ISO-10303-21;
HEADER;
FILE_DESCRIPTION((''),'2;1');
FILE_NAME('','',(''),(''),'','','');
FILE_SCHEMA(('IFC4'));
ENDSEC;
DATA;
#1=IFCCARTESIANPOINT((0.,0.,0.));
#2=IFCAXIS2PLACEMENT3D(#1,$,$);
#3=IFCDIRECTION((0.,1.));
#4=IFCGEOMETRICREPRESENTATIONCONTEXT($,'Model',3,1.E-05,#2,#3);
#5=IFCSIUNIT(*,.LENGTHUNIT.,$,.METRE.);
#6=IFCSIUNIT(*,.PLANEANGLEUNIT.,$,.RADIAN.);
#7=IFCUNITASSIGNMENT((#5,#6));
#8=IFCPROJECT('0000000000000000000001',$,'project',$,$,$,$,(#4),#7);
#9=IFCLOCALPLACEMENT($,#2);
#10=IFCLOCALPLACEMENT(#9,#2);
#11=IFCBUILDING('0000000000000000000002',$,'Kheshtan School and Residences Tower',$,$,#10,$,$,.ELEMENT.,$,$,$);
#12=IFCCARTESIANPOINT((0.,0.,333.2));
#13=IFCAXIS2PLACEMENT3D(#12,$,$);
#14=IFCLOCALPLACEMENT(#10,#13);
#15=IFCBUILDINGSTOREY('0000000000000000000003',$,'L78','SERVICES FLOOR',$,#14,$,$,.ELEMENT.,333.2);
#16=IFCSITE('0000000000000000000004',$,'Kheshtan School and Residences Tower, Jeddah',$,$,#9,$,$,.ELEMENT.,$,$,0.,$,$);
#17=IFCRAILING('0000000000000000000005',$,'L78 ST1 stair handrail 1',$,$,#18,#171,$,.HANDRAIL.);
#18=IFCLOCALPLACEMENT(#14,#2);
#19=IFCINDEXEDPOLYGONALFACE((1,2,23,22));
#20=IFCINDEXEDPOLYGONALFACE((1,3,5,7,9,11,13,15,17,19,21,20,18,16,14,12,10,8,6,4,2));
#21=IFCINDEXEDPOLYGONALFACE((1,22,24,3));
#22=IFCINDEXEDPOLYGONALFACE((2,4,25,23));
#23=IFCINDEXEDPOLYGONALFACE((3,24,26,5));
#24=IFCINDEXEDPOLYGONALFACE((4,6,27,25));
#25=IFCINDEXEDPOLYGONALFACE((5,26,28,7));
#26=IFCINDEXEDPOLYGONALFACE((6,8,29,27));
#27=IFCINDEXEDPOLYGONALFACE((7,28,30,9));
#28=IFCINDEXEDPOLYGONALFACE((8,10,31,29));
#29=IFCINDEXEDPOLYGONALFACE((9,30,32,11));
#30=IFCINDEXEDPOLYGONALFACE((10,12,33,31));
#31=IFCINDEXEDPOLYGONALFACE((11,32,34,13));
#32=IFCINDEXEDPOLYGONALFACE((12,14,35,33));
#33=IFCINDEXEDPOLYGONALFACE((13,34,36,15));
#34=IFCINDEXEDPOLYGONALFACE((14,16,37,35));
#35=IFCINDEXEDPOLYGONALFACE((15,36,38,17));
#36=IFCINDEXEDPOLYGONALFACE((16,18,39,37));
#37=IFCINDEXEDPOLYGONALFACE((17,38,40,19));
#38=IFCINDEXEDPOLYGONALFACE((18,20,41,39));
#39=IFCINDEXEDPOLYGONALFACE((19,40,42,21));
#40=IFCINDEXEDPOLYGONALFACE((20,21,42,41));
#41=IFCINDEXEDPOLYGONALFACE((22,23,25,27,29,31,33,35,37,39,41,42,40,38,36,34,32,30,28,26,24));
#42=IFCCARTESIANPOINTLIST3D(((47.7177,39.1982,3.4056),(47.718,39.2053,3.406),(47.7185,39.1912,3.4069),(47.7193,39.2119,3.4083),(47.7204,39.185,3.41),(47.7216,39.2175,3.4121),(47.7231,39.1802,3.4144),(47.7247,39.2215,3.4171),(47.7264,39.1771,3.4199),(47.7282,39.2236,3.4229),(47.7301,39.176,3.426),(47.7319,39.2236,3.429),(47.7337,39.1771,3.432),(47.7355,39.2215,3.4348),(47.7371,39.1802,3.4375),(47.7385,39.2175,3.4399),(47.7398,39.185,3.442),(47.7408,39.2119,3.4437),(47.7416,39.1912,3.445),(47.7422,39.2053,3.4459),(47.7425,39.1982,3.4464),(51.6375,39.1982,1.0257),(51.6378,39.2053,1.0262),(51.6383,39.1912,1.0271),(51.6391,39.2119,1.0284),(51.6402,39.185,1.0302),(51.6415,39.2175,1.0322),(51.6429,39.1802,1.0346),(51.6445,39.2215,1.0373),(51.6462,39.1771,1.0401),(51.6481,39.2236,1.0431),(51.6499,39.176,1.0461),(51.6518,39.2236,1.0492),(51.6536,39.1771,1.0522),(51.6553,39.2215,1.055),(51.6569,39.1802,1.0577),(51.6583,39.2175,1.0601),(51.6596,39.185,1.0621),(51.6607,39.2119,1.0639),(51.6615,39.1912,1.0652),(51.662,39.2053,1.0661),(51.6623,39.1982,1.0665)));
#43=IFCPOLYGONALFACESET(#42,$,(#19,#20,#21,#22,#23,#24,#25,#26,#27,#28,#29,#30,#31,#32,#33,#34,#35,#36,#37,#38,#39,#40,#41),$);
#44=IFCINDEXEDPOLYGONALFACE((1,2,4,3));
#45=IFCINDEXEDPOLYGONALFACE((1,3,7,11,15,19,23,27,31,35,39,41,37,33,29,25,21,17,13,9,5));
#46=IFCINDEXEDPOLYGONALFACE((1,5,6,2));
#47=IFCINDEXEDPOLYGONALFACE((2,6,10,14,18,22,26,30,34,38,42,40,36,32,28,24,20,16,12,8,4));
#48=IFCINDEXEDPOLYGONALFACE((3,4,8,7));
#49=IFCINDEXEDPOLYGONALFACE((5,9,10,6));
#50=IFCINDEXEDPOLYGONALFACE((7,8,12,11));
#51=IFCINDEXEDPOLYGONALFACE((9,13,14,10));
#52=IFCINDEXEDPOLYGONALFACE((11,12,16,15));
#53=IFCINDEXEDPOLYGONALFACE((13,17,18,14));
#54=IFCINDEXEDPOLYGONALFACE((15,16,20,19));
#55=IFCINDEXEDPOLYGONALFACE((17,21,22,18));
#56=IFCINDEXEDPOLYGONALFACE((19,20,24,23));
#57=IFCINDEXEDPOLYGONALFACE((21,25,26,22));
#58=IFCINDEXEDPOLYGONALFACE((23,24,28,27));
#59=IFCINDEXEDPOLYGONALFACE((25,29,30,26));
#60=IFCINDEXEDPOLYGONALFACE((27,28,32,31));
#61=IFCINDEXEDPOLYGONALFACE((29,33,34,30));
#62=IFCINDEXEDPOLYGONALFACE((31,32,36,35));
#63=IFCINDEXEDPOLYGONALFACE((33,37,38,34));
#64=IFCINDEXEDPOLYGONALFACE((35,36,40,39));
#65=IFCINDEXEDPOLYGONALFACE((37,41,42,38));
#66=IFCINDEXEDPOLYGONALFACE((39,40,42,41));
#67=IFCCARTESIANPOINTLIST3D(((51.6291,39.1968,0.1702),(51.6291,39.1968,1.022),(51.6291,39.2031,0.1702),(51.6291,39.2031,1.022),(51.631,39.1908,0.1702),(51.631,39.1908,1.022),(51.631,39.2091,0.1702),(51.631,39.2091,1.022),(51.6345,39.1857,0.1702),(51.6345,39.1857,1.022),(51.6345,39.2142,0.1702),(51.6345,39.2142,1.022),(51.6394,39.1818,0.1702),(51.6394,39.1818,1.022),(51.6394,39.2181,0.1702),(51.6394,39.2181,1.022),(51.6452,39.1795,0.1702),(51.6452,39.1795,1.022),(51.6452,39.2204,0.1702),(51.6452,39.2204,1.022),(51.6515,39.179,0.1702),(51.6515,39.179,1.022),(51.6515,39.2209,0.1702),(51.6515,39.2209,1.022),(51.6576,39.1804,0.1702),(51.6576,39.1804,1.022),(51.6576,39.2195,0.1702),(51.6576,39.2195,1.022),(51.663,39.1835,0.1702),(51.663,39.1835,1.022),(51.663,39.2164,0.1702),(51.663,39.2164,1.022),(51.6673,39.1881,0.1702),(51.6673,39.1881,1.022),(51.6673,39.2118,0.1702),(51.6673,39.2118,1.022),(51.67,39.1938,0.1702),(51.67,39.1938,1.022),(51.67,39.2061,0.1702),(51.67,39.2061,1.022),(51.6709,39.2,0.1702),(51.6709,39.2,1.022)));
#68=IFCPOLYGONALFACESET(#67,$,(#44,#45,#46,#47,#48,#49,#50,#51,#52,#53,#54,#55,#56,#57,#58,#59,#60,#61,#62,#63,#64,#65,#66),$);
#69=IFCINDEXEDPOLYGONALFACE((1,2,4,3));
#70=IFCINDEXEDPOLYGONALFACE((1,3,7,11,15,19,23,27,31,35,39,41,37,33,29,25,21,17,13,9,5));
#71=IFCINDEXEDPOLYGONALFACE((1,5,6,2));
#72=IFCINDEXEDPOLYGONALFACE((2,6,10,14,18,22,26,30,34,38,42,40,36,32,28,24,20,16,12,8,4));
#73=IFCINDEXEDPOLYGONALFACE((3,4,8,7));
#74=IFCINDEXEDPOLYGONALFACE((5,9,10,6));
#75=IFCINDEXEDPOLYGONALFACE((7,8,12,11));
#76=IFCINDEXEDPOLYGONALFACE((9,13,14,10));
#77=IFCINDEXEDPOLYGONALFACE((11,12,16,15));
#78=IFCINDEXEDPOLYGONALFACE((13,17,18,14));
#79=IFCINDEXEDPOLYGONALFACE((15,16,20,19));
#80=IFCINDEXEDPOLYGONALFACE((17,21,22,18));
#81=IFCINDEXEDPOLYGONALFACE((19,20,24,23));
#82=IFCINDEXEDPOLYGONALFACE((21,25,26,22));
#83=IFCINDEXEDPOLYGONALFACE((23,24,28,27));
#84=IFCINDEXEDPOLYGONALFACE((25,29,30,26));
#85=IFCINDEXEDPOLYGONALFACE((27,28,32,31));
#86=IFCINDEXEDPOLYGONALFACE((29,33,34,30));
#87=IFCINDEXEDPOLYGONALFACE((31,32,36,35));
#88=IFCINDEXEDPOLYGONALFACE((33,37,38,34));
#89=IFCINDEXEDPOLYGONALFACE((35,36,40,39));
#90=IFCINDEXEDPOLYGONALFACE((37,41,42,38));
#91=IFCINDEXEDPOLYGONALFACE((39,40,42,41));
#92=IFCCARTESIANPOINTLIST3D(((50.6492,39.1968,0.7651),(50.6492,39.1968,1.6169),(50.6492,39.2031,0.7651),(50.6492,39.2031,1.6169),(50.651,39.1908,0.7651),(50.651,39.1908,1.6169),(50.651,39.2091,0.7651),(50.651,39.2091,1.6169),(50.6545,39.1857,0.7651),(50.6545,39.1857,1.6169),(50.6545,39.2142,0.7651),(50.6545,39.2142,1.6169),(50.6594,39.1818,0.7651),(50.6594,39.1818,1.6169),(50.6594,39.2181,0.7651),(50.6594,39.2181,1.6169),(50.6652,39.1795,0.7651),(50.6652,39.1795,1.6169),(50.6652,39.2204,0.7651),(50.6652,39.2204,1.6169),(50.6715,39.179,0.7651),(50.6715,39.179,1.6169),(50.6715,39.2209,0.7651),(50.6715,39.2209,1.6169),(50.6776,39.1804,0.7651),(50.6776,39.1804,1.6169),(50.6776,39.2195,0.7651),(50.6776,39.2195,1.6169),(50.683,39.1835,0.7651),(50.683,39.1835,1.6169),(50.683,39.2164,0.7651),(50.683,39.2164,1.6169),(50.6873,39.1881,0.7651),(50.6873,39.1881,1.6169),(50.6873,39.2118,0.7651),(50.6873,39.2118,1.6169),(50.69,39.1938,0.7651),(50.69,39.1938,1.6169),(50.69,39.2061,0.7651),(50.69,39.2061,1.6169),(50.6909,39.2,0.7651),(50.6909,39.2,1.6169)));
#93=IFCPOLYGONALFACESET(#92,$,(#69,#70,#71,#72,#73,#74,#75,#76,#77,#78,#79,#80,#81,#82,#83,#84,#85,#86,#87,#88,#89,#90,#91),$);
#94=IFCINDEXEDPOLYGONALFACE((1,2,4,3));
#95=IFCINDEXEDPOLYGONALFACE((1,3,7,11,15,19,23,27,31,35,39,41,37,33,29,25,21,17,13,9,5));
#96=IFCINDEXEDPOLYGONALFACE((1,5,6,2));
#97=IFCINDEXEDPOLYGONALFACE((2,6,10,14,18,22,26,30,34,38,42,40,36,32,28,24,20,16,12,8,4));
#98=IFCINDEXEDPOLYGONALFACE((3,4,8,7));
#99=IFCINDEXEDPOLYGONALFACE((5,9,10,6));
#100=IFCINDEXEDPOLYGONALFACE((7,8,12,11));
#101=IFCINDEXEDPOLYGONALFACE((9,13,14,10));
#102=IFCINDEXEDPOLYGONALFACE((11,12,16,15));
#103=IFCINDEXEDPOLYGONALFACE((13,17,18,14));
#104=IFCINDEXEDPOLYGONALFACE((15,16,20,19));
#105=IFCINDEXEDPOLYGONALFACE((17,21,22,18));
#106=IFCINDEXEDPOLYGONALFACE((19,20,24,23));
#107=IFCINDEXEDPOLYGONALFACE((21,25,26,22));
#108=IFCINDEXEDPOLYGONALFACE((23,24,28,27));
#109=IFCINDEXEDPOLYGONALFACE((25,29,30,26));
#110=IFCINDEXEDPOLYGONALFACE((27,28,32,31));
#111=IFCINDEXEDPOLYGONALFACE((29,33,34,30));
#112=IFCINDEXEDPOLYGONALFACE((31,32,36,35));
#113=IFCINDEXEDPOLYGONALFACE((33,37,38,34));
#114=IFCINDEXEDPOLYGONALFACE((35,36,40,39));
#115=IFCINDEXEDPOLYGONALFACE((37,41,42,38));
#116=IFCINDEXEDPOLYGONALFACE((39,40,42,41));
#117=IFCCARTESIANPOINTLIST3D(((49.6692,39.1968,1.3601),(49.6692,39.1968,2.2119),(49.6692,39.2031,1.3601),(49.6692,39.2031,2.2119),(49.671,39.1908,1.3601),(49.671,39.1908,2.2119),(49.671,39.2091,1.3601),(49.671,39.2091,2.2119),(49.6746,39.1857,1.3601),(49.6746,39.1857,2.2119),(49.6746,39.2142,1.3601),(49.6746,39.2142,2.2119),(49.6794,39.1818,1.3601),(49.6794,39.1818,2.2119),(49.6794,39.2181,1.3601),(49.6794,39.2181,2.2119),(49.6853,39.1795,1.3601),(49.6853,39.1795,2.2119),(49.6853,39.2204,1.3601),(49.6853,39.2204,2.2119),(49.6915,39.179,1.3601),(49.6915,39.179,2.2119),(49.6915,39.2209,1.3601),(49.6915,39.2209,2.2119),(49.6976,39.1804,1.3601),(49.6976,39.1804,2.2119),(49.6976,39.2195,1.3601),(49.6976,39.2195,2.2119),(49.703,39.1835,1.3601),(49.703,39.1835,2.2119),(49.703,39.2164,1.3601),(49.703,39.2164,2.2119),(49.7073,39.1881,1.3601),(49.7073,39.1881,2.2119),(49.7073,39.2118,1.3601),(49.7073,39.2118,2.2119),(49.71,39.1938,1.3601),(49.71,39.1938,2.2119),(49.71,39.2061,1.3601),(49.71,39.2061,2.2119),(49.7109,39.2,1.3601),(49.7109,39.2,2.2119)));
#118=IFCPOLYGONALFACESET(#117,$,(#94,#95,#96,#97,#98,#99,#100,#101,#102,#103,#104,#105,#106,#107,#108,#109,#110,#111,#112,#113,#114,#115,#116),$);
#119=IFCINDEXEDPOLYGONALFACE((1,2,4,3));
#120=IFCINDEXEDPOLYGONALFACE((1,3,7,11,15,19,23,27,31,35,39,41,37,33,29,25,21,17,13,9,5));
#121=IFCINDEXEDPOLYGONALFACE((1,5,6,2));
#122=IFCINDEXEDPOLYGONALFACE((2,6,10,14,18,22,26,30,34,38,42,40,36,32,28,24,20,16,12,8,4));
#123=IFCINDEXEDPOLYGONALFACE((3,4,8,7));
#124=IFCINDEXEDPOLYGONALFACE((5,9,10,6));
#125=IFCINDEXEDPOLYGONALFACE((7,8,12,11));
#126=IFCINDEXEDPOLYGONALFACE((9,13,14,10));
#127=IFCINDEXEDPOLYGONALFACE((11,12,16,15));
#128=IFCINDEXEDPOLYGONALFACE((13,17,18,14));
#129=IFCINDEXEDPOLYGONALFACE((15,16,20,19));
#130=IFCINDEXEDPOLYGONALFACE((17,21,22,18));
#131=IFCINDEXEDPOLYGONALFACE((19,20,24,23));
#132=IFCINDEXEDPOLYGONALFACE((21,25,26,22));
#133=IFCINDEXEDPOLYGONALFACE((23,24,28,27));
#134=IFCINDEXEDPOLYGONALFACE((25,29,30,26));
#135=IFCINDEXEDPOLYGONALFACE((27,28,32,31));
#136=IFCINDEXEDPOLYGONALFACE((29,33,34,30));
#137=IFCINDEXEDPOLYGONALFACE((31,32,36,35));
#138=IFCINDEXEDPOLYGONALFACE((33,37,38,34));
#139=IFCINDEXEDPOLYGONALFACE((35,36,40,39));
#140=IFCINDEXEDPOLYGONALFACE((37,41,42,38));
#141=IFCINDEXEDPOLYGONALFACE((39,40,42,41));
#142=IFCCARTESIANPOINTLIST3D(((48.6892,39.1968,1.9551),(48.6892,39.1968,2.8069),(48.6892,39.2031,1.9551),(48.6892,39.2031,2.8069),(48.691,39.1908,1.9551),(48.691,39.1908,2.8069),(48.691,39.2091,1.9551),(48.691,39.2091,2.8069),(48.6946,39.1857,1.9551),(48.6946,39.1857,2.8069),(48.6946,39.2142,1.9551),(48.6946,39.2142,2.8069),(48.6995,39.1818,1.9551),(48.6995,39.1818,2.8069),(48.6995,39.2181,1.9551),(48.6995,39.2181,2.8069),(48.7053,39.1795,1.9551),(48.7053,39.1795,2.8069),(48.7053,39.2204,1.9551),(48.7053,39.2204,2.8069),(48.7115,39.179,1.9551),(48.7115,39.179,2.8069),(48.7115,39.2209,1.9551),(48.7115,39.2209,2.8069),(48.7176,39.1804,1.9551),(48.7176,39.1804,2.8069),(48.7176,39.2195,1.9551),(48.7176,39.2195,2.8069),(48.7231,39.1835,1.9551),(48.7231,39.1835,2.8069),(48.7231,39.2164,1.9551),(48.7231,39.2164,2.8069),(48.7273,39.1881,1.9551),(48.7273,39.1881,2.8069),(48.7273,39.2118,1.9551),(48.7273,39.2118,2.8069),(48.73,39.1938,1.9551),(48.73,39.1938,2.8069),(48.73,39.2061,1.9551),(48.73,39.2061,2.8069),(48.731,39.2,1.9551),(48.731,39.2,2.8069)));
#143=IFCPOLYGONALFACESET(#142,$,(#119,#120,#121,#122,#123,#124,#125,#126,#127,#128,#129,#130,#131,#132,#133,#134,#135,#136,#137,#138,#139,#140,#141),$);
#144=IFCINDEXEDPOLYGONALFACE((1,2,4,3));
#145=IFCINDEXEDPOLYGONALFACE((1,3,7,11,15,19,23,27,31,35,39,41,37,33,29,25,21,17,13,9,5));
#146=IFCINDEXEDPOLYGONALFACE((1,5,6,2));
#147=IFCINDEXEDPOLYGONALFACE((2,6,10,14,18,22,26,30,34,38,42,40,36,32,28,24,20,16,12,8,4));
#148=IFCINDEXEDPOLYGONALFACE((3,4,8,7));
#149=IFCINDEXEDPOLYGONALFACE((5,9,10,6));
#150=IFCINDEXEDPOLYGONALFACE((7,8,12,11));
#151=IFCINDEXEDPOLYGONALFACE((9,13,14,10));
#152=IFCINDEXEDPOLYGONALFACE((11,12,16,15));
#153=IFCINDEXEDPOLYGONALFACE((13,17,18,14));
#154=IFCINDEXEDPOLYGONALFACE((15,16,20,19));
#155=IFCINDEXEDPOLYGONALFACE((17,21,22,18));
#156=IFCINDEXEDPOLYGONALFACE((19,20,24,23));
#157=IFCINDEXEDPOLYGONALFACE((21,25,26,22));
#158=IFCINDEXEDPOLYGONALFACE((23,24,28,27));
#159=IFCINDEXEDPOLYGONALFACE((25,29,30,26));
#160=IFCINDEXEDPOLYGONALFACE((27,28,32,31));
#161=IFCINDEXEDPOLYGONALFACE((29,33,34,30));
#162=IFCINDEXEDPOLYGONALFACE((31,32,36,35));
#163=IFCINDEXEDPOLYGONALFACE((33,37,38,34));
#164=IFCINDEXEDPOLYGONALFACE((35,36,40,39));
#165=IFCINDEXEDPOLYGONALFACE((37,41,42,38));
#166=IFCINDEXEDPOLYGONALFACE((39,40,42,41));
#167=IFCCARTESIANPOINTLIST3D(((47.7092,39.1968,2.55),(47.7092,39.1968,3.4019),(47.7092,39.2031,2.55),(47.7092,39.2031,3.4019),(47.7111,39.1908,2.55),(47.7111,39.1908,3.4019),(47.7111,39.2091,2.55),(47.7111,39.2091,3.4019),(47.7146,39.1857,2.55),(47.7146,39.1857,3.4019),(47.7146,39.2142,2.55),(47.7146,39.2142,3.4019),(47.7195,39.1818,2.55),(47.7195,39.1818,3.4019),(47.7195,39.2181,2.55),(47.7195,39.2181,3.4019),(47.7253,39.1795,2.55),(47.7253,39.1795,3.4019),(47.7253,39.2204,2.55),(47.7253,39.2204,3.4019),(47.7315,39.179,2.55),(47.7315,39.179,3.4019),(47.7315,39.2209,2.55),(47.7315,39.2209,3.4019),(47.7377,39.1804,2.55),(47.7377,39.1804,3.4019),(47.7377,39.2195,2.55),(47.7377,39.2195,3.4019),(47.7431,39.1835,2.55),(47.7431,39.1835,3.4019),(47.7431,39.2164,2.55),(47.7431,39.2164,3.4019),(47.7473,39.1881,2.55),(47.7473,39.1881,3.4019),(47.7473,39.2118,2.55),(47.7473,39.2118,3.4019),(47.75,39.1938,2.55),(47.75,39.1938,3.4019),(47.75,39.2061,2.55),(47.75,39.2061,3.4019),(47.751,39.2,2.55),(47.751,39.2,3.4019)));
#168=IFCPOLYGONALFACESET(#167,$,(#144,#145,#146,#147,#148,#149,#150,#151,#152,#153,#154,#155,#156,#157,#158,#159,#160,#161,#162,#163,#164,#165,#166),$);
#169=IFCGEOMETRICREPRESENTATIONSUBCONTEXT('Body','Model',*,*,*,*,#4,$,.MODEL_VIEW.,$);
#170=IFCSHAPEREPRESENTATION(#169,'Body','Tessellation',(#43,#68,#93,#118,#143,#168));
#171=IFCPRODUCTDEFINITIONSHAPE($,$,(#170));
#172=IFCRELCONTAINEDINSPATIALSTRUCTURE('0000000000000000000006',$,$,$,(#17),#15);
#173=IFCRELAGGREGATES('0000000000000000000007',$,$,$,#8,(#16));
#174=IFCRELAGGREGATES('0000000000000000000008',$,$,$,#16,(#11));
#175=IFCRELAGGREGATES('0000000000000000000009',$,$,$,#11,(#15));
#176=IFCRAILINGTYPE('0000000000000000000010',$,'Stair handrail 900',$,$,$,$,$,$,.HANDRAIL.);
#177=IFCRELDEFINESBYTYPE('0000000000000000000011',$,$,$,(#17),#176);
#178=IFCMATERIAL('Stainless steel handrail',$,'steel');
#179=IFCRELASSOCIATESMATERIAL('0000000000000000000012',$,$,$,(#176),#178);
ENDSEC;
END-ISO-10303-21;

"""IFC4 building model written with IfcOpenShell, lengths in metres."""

from ifc_helpers import new_model, si_unit, direction, frame, origin, origin_2d, place, context, subcontext, project, spatial, circle, extrude, material, type_object, element, save


model = new_model("IFC4")

# Units and contexts
model_context = context("Model", 3, precision=1e-05, world=origin(), true_north=direction((0.0, 1.0)))
body_context = subcontext(model_context, "Body", "Model", "MODEL_VIEW")
ifc_project = project(units=[si_unit("LENGTHUNIT", "METRE"), si_unit("PLANEANGLEUNIT", "RADIAN")], contexts=[model_context])

# Site, building, storey
site_placement = place(None, origin())
site = spatial("IfcSite", under=ifc_project, at=site_placement, Name="Kheshtan School and Residences Tower, Jeddah", CompositionType="ELEMENT", RefElevation=0.0)
building_placement = place(site_placement, origin())
building = spatial("IfcBuilding", under=site, at=building_placement, Name="Kheshtan School and Residences Tower", CompositionType="ELEMENT")
storey_placement = place(building_placement, frame((0.0, 0.0, 333.2)))
storey = spatial("IfcBuildingStorey", under=building, at=storey_placement, Name="L78", Description="SERVICES FLOOR", CompositionType="ELEMENT", Elevation=333.2)

# Railing
ifc_material_1 = material(Name="Stainless steel handrail", Category="steel")
railing_type_1 = type_object("IfcRailingType", Name="Stair handrail 900", PredefinedType="HANDRAIL", material=ifc_material_1)
railing_1_placement = place(storey_placement, frame((51.6499, 39.2, 0.1702)))
element("IfcRailing", 1, at=railing_1_placement, inside=storey, type_object=railing_type_1, Name="L78 ST1 stair handrail 1", PredefinedType="HANDRAIL", context=body_context, shape_type="SweptSolid", body=[
    extrude(circle(Radius=0.0239, at=origin_2d()), frame((0.0, 0.0, 0.876), z_axis=(-0.854794, 0.0, 0.518967), x_axis=(0.0, -1.0, 0.0)), (0.0, 0.0, 1.0), 4.5857),
    extrude(circle(Radius=0.021, at=origin_2d()), origin(), (0.0, 0.0, 1.0), 0.8518),
    extrude(circle(Radius=0.021, at=origin_2d()), frame((-0.98, 0.0, 0.595)), (0.0, 0.0, 1.0), 0.8518),
    extrude(circle(Radius=0.021, at=origin_2d()), frame((-1.96, 0.0, 1.1899)), (0.0, 0.0, 1.0), 0.8518),
    extrude(circle(Radius=0.021, at=origin_2d()), frame((-2.9399, 0.0, 1.7849)), (0.0, 0.0, 1.0), 0.8518),
    extrude(circle(Radius=0.021, at=origin_2d()), frame((-3.9199, 0.0, 2.3799)), (0.0, 0.0, 1.0), 0.8518),
])

save(model, "model.ifc")
